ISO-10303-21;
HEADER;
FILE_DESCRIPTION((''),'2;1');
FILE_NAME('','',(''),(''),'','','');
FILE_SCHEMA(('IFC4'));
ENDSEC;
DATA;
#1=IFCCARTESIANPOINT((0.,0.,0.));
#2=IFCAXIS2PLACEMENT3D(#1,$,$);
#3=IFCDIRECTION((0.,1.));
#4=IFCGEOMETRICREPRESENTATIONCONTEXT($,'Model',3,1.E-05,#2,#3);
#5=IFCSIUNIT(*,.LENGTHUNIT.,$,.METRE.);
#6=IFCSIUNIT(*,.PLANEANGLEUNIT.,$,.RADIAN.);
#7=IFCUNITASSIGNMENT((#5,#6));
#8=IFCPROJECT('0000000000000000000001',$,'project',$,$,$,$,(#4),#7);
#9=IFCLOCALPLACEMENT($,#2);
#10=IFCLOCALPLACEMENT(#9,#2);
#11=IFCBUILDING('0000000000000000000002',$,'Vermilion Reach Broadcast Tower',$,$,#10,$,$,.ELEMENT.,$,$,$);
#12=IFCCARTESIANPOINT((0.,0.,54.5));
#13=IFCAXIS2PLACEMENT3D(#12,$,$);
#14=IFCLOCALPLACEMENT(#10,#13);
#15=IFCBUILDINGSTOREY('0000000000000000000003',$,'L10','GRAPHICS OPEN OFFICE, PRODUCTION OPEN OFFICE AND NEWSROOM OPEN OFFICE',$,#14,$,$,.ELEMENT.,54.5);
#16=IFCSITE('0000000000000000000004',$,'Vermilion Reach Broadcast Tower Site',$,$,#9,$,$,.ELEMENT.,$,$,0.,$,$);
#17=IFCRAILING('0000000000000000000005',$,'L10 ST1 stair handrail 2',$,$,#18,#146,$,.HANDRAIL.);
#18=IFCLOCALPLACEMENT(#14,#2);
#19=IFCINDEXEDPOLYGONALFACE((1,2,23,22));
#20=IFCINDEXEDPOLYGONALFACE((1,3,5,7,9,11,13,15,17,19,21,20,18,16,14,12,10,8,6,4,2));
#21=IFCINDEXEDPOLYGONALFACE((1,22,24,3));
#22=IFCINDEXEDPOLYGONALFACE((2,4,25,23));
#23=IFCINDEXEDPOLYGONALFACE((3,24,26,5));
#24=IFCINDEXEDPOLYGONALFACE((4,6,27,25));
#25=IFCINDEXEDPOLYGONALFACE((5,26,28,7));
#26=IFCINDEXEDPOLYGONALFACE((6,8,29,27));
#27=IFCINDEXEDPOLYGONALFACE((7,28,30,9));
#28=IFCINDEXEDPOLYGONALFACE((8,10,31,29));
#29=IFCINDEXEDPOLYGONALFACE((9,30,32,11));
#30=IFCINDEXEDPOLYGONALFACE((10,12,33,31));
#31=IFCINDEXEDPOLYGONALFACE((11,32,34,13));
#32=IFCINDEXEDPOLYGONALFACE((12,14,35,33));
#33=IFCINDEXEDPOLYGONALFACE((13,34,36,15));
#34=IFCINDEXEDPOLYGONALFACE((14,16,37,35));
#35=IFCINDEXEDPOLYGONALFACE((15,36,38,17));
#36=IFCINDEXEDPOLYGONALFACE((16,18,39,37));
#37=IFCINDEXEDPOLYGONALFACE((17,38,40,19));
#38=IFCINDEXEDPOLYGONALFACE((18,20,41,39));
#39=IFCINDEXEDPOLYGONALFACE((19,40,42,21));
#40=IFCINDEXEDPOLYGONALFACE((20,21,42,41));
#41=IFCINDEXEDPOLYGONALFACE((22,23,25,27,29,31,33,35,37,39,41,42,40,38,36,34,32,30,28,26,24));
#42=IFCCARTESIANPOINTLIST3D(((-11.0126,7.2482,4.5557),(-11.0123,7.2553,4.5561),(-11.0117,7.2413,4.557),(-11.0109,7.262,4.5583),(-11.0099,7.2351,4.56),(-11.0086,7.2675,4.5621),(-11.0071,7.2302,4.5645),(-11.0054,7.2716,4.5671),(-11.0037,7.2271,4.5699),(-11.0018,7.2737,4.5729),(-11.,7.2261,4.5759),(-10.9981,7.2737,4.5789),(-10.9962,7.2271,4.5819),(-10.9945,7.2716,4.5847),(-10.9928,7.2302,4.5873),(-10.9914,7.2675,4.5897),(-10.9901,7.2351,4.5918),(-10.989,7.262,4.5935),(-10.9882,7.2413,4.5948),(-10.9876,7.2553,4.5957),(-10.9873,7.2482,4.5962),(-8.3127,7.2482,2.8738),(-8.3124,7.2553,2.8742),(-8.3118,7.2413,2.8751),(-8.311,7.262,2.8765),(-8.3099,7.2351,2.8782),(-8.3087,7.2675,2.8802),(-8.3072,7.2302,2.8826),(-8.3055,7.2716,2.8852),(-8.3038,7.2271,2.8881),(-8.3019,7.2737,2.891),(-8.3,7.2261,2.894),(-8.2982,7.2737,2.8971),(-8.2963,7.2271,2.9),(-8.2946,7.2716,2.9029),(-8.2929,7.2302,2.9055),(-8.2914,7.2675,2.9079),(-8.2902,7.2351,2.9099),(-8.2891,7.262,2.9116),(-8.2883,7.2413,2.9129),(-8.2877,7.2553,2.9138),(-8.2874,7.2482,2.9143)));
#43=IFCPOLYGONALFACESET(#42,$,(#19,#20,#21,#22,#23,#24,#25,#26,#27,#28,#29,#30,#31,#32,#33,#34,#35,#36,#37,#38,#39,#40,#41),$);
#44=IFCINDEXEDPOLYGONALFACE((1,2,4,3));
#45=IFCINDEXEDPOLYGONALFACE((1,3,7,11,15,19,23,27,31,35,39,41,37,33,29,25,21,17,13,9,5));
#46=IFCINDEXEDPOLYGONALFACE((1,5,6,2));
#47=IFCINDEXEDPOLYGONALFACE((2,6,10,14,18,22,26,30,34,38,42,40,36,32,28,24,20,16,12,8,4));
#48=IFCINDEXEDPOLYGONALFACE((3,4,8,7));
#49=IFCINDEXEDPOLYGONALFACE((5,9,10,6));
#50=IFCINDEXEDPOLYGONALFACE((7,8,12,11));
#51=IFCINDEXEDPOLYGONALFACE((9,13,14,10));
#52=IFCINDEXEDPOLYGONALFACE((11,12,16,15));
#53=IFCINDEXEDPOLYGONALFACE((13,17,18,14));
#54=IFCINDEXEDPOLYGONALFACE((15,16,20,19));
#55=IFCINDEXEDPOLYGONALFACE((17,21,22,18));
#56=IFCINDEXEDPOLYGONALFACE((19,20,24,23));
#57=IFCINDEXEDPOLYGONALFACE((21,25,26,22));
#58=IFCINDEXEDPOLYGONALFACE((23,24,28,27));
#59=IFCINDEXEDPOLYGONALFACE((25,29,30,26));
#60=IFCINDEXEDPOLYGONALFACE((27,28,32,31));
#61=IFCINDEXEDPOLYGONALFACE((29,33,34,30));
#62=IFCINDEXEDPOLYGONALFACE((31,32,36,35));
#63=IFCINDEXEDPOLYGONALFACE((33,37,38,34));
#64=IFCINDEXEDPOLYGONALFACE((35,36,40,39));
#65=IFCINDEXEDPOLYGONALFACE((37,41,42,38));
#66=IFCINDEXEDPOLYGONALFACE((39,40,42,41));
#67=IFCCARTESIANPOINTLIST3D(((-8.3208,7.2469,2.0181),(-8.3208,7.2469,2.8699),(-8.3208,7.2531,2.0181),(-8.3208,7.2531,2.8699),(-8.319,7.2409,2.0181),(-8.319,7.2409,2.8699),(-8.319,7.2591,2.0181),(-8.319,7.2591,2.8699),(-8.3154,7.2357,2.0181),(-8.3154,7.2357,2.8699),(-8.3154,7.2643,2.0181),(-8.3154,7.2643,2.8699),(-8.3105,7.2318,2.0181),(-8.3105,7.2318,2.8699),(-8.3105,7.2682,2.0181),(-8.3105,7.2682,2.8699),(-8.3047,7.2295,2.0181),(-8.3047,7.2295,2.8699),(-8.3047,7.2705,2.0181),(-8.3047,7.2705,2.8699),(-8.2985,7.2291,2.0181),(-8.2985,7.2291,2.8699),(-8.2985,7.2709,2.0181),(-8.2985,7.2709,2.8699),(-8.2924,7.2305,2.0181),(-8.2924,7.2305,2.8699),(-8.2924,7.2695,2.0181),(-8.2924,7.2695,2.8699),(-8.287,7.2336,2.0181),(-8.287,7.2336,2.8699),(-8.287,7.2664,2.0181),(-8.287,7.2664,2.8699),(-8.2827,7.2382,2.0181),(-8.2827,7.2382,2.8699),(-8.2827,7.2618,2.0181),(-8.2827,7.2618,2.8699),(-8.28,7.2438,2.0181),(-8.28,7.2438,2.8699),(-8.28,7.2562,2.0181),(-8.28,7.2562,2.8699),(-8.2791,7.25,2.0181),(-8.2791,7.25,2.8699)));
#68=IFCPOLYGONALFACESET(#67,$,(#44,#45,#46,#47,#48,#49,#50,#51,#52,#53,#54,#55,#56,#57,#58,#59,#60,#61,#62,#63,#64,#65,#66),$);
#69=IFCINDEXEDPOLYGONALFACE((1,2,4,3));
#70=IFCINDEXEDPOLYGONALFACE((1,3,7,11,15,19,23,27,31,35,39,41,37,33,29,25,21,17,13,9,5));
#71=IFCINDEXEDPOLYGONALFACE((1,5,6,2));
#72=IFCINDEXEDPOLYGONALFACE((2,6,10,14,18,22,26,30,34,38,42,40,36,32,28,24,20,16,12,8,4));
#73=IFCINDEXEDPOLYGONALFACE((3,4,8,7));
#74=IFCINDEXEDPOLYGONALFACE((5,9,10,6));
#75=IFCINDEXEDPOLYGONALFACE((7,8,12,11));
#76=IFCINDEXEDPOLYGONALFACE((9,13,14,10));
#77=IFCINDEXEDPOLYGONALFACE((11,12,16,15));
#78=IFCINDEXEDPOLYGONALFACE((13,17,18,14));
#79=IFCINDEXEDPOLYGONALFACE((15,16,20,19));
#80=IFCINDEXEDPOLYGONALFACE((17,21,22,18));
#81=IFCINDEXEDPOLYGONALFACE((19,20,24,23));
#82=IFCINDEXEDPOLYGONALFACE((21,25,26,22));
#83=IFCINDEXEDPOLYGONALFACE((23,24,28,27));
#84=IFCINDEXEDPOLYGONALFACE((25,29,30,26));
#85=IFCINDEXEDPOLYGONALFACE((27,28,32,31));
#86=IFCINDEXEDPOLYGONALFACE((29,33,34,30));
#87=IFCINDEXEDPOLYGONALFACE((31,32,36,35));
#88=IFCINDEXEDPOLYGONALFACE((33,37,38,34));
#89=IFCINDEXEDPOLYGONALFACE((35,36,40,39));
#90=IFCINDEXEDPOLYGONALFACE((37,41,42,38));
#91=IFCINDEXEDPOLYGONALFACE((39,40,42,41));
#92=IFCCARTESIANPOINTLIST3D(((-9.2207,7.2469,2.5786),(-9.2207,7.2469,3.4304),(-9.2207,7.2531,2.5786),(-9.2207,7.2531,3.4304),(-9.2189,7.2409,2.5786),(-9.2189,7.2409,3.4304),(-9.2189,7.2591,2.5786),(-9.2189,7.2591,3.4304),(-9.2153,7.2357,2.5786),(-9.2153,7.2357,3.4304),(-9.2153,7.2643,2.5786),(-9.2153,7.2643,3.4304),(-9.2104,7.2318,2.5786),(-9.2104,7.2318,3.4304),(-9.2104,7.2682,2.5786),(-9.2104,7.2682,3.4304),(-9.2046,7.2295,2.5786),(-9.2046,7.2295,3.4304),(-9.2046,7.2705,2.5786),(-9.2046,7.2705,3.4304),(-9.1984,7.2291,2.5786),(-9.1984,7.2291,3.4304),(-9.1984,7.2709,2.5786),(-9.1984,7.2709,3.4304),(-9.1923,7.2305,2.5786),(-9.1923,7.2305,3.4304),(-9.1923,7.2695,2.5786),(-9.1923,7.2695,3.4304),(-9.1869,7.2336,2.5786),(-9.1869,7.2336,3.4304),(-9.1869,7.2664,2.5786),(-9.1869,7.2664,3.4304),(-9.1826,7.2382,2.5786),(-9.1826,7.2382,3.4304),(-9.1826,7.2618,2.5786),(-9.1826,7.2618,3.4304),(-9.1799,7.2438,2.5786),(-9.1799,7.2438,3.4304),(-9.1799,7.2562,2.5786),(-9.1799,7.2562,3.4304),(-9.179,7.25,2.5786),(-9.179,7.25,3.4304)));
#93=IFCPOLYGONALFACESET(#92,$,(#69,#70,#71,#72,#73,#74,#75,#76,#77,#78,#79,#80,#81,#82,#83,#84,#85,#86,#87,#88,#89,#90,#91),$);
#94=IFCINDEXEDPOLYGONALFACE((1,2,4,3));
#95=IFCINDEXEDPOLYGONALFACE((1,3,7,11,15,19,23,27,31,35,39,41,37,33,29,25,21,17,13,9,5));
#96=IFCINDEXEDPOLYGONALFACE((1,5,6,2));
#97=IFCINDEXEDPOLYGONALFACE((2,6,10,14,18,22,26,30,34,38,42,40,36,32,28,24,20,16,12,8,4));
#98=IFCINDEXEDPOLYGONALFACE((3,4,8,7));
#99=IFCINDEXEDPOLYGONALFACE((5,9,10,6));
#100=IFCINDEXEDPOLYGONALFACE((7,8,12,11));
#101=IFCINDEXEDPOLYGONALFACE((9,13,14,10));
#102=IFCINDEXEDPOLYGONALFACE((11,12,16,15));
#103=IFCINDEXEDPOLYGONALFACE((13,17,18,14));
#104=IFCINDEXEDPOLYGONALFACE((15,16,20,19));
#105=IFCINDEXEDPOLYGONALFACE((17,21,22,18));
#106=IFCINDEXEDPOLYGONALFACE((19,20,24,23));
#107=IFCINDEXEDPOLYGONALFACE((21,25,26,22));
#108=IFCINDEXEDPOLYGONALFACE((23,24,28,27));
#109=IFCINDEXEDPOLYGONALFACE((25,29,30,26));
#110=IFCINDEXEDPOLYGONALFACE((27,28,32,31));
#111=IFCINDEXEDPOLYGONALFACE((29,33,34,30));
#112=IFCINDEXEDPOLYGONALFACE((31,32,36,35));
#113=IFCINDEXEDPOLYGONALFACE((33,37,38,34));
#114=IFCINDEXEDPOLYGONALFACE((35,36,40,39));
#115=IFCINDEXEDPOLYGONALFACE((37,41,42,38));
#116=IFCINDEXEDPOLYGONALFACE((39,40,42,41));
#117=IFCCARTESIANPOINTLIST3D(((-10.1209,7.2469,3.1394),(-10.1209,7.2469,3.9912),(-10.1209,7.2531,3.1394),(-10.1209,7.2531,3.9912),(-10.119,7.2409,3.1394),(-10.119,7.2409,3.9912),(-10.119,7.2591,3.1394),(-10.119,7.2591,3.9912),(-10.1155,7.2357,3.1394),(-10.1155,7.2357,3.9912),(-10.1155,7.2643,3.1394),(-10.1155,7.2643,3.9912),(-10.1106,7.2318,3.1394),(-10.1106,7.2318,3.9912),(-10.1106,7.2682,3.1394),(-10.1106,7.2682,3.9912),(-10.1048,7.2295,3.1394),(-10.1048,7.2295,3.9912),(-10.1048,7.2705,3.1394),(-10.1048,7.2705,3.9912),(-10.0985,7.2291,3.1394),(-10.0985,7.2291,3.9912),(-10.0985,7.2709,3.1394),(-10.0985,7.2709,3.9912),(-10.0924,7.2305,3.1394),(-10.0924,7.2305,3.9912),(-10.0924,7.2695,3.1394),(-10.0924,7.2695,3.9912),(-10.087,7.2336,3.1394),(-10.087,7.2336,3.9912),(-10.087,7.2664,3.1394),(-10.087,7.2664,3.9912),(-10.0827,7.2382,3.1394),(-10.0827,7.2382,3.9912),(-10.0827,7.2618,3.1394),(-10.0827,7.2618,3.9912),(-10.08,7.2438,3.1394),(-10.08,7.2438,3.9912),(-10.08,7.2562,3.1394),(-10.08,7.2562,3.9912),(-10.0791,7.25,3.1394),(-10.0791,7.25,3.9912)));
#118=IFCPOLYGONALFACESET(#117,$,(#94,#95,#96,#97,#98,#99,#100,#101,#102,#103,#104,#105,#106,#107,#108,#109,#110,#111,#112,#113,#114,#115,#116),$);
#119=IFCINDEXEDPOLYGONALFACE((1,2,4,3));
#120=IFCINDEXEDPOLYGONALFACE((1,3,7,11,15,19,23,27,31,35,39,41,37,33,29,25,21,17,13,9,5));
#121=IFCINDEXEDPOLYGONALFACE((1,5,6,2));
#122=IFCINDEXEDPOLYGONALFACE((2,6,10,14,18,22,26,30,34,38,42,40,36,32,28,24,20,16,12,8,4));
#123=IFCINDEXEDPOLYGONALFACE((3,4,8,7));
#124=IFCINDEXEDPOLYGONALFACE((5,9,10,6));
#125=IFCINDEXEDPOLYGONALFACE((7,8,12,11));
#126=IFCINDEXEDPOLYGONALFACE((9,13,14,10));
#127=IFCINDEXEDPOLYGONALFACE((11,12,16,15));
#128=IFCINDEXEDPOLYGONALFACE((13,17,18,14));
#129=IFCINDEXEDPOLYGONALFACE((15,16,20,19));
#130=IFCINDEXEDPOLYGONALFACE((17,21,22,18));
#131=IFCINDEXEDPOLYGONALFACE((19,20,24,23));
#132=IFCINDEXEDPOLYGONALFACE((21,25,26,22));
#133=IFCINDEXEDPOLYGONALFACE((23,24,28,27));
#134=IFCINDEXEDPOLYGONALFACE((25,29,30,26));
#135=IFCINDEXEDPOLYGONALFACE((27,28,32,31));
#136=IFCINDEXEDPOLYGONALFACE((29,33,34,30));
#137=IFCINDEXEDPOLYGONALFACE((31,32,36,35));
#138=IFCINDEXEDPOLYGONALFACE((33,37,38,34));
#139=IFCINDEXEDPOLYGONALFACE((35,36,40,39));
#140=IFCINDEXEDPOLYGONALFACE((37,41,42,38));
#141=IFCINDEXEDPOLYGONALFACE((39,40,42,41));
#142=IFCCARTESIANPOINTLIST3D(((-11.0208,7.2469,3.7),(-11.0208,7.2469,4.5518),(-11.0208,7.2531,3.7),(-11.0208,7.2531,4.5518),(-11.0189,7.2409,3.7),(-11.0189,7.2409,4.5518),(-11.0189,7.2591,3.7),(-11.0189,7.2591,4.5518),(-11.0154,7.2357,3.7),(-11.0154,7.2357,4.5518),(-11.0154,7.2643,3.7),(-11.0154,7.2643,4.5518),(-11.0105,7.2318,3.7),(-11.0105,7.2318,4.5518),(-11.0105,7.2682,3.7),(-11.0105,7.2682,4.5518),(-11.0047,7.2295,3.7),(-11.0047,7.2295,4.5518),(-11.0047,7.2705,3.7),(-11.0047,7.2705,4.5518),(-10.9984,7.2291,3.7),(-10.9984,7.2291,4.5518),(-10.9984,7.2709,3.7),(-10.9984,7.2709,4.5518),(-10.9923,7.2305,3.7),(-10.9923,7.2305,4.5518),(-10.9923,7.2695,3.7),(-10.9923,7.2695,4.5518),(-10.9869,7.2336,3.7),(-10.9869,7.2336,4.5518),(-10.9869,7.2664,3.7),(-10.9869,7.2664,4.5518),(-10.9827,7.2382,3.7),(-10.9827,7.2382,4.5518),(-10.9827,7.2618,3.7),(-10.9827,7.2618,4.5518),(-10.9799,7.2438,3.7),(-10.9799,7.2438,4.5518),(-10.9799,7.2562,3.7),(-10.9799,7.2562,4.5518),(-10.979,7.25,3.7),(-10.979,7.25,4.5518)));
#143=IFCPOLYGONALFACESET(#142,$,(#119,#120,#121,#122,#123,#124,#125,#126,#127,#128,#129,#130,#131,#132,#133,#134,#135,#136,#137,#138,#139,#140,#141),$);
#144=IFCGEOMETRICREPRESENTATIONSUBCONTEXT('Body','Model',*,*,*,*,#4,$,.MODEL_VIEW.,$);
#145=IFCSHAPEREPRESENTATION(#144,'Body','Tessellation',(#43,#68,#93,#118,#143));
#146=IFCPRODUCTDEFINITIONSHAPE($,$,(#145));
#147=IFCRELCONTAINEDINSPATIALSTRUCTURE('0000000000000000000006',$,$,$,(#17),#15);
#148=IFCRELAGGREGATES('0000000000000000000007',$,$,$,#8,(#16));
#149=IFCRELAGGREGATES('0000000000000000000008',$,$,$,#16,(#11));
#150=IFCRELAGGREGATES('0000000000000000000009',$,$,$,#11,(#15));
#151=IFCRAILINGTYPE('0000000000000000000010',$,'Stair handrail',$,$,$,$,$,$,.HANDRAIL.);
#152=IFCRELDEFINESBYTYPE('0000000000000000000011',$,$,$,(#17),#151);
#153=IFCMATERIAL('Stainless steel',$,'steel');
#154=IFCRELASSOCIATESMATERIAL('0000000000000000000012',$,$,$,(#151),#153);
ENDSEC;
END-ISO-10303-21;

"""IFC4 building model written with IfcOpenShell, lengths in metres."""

from ifc_helpers import new_model, si_unit, direction, frame, origin, origin_2d, place, context, subcontext, project, spatial, circle, extrude, material, type_object, element, save


model = new_model("IFC4")

# Units and contexts
model_context = context("Model", 3, precision=1e-05, world=origin(), true_north=direction((0.0, 1.0)))
body_context = subcontext(model_context, "Body", "Model", "MODEL_VIEW")
ifc_project = project(units=[si_unit("LENGTHUNIT", "METRE"), si_unit("PLANEANGLEUNIT", "RADIAN")], contexts=[model_context])

# Site, building, storey
site_placement = place(None, origin())
site = spatial("IfcSite", under=ifc_project, at=site_placement, Name="Vermilion Reach Broadcast Tower Site", CompositionType="ELEMENT", RefElevation=0.0)
building_placement = place(site_placement, origin())
building = spatial("IfcBuilding", under=site, at=building_placement, Name="Vermilion Reach Broadcast Tower", CompositionType="ELEMENT")
storey_placement = place(building_placement, frame((0.0, 0.0, 54.5)))
storey = spatial("IfcBuildingStorey", under=building, at=storey_placement, Name="L10", Description="GRAPHICS OPEN OFFICE, PRODUCTION OPEN OFFICE AND NEWSROOM OPEN OFFICE", CompositionType="ELEMENT", Elevation=54.5)

# Railing
ifc_material_1 = material(Name="Stainless steel", Category="steel")
railing_type_1 = type_object("IfcRailingType", Name="Stair handrail", PredefinedType="HANDRAIL", material=ifc_material_1)
railing_1_placement = place(storey_placement, frame((-8.3, 7.25, 2.0181)))
element("IfcRailing", 1, at=railing_1_placement, inside=storey, type_object=railing_type_1, Name="L10 ST1 stair handrail 2", PredefinedType="HANDRAIL", context=body_context, shape_type="SweptSolid", body=[
    extrude(circle(Radius=0.0239, at=origin_2d()), frame((0.0, 0.0, 0.876), z_axis=(-0.848786, 0.0, 0.528736), x_axis=(0.0, -1.0, 0.0)), (0.0, 0.0, 1.0), 3.1809),
    extrude(circle(Radius=0.021, at=origin_2d()), origin(), (0.0, 0.0, 1.0), 0.8518),
    extrude(circle(Radius=0.021, at=origin_2d()), frame((-0.8999, 0.0, 0.5605)), (0.0, 0.0, 1.0), 0.8518),
    extrude(circle(Radius=0.021, at=origin_2d()), frame((-1.8, 0.0, 1.1213)), (0.0, 0.0, 1.0), 0.8518),
    extrude(circle(Radius=0.021, at=origin_2d()), frame((-2.7, 0.0, 1.6819)), (0.0, 0.0, 1.0), 0.8518),
])

save(model, "model.ifc")
